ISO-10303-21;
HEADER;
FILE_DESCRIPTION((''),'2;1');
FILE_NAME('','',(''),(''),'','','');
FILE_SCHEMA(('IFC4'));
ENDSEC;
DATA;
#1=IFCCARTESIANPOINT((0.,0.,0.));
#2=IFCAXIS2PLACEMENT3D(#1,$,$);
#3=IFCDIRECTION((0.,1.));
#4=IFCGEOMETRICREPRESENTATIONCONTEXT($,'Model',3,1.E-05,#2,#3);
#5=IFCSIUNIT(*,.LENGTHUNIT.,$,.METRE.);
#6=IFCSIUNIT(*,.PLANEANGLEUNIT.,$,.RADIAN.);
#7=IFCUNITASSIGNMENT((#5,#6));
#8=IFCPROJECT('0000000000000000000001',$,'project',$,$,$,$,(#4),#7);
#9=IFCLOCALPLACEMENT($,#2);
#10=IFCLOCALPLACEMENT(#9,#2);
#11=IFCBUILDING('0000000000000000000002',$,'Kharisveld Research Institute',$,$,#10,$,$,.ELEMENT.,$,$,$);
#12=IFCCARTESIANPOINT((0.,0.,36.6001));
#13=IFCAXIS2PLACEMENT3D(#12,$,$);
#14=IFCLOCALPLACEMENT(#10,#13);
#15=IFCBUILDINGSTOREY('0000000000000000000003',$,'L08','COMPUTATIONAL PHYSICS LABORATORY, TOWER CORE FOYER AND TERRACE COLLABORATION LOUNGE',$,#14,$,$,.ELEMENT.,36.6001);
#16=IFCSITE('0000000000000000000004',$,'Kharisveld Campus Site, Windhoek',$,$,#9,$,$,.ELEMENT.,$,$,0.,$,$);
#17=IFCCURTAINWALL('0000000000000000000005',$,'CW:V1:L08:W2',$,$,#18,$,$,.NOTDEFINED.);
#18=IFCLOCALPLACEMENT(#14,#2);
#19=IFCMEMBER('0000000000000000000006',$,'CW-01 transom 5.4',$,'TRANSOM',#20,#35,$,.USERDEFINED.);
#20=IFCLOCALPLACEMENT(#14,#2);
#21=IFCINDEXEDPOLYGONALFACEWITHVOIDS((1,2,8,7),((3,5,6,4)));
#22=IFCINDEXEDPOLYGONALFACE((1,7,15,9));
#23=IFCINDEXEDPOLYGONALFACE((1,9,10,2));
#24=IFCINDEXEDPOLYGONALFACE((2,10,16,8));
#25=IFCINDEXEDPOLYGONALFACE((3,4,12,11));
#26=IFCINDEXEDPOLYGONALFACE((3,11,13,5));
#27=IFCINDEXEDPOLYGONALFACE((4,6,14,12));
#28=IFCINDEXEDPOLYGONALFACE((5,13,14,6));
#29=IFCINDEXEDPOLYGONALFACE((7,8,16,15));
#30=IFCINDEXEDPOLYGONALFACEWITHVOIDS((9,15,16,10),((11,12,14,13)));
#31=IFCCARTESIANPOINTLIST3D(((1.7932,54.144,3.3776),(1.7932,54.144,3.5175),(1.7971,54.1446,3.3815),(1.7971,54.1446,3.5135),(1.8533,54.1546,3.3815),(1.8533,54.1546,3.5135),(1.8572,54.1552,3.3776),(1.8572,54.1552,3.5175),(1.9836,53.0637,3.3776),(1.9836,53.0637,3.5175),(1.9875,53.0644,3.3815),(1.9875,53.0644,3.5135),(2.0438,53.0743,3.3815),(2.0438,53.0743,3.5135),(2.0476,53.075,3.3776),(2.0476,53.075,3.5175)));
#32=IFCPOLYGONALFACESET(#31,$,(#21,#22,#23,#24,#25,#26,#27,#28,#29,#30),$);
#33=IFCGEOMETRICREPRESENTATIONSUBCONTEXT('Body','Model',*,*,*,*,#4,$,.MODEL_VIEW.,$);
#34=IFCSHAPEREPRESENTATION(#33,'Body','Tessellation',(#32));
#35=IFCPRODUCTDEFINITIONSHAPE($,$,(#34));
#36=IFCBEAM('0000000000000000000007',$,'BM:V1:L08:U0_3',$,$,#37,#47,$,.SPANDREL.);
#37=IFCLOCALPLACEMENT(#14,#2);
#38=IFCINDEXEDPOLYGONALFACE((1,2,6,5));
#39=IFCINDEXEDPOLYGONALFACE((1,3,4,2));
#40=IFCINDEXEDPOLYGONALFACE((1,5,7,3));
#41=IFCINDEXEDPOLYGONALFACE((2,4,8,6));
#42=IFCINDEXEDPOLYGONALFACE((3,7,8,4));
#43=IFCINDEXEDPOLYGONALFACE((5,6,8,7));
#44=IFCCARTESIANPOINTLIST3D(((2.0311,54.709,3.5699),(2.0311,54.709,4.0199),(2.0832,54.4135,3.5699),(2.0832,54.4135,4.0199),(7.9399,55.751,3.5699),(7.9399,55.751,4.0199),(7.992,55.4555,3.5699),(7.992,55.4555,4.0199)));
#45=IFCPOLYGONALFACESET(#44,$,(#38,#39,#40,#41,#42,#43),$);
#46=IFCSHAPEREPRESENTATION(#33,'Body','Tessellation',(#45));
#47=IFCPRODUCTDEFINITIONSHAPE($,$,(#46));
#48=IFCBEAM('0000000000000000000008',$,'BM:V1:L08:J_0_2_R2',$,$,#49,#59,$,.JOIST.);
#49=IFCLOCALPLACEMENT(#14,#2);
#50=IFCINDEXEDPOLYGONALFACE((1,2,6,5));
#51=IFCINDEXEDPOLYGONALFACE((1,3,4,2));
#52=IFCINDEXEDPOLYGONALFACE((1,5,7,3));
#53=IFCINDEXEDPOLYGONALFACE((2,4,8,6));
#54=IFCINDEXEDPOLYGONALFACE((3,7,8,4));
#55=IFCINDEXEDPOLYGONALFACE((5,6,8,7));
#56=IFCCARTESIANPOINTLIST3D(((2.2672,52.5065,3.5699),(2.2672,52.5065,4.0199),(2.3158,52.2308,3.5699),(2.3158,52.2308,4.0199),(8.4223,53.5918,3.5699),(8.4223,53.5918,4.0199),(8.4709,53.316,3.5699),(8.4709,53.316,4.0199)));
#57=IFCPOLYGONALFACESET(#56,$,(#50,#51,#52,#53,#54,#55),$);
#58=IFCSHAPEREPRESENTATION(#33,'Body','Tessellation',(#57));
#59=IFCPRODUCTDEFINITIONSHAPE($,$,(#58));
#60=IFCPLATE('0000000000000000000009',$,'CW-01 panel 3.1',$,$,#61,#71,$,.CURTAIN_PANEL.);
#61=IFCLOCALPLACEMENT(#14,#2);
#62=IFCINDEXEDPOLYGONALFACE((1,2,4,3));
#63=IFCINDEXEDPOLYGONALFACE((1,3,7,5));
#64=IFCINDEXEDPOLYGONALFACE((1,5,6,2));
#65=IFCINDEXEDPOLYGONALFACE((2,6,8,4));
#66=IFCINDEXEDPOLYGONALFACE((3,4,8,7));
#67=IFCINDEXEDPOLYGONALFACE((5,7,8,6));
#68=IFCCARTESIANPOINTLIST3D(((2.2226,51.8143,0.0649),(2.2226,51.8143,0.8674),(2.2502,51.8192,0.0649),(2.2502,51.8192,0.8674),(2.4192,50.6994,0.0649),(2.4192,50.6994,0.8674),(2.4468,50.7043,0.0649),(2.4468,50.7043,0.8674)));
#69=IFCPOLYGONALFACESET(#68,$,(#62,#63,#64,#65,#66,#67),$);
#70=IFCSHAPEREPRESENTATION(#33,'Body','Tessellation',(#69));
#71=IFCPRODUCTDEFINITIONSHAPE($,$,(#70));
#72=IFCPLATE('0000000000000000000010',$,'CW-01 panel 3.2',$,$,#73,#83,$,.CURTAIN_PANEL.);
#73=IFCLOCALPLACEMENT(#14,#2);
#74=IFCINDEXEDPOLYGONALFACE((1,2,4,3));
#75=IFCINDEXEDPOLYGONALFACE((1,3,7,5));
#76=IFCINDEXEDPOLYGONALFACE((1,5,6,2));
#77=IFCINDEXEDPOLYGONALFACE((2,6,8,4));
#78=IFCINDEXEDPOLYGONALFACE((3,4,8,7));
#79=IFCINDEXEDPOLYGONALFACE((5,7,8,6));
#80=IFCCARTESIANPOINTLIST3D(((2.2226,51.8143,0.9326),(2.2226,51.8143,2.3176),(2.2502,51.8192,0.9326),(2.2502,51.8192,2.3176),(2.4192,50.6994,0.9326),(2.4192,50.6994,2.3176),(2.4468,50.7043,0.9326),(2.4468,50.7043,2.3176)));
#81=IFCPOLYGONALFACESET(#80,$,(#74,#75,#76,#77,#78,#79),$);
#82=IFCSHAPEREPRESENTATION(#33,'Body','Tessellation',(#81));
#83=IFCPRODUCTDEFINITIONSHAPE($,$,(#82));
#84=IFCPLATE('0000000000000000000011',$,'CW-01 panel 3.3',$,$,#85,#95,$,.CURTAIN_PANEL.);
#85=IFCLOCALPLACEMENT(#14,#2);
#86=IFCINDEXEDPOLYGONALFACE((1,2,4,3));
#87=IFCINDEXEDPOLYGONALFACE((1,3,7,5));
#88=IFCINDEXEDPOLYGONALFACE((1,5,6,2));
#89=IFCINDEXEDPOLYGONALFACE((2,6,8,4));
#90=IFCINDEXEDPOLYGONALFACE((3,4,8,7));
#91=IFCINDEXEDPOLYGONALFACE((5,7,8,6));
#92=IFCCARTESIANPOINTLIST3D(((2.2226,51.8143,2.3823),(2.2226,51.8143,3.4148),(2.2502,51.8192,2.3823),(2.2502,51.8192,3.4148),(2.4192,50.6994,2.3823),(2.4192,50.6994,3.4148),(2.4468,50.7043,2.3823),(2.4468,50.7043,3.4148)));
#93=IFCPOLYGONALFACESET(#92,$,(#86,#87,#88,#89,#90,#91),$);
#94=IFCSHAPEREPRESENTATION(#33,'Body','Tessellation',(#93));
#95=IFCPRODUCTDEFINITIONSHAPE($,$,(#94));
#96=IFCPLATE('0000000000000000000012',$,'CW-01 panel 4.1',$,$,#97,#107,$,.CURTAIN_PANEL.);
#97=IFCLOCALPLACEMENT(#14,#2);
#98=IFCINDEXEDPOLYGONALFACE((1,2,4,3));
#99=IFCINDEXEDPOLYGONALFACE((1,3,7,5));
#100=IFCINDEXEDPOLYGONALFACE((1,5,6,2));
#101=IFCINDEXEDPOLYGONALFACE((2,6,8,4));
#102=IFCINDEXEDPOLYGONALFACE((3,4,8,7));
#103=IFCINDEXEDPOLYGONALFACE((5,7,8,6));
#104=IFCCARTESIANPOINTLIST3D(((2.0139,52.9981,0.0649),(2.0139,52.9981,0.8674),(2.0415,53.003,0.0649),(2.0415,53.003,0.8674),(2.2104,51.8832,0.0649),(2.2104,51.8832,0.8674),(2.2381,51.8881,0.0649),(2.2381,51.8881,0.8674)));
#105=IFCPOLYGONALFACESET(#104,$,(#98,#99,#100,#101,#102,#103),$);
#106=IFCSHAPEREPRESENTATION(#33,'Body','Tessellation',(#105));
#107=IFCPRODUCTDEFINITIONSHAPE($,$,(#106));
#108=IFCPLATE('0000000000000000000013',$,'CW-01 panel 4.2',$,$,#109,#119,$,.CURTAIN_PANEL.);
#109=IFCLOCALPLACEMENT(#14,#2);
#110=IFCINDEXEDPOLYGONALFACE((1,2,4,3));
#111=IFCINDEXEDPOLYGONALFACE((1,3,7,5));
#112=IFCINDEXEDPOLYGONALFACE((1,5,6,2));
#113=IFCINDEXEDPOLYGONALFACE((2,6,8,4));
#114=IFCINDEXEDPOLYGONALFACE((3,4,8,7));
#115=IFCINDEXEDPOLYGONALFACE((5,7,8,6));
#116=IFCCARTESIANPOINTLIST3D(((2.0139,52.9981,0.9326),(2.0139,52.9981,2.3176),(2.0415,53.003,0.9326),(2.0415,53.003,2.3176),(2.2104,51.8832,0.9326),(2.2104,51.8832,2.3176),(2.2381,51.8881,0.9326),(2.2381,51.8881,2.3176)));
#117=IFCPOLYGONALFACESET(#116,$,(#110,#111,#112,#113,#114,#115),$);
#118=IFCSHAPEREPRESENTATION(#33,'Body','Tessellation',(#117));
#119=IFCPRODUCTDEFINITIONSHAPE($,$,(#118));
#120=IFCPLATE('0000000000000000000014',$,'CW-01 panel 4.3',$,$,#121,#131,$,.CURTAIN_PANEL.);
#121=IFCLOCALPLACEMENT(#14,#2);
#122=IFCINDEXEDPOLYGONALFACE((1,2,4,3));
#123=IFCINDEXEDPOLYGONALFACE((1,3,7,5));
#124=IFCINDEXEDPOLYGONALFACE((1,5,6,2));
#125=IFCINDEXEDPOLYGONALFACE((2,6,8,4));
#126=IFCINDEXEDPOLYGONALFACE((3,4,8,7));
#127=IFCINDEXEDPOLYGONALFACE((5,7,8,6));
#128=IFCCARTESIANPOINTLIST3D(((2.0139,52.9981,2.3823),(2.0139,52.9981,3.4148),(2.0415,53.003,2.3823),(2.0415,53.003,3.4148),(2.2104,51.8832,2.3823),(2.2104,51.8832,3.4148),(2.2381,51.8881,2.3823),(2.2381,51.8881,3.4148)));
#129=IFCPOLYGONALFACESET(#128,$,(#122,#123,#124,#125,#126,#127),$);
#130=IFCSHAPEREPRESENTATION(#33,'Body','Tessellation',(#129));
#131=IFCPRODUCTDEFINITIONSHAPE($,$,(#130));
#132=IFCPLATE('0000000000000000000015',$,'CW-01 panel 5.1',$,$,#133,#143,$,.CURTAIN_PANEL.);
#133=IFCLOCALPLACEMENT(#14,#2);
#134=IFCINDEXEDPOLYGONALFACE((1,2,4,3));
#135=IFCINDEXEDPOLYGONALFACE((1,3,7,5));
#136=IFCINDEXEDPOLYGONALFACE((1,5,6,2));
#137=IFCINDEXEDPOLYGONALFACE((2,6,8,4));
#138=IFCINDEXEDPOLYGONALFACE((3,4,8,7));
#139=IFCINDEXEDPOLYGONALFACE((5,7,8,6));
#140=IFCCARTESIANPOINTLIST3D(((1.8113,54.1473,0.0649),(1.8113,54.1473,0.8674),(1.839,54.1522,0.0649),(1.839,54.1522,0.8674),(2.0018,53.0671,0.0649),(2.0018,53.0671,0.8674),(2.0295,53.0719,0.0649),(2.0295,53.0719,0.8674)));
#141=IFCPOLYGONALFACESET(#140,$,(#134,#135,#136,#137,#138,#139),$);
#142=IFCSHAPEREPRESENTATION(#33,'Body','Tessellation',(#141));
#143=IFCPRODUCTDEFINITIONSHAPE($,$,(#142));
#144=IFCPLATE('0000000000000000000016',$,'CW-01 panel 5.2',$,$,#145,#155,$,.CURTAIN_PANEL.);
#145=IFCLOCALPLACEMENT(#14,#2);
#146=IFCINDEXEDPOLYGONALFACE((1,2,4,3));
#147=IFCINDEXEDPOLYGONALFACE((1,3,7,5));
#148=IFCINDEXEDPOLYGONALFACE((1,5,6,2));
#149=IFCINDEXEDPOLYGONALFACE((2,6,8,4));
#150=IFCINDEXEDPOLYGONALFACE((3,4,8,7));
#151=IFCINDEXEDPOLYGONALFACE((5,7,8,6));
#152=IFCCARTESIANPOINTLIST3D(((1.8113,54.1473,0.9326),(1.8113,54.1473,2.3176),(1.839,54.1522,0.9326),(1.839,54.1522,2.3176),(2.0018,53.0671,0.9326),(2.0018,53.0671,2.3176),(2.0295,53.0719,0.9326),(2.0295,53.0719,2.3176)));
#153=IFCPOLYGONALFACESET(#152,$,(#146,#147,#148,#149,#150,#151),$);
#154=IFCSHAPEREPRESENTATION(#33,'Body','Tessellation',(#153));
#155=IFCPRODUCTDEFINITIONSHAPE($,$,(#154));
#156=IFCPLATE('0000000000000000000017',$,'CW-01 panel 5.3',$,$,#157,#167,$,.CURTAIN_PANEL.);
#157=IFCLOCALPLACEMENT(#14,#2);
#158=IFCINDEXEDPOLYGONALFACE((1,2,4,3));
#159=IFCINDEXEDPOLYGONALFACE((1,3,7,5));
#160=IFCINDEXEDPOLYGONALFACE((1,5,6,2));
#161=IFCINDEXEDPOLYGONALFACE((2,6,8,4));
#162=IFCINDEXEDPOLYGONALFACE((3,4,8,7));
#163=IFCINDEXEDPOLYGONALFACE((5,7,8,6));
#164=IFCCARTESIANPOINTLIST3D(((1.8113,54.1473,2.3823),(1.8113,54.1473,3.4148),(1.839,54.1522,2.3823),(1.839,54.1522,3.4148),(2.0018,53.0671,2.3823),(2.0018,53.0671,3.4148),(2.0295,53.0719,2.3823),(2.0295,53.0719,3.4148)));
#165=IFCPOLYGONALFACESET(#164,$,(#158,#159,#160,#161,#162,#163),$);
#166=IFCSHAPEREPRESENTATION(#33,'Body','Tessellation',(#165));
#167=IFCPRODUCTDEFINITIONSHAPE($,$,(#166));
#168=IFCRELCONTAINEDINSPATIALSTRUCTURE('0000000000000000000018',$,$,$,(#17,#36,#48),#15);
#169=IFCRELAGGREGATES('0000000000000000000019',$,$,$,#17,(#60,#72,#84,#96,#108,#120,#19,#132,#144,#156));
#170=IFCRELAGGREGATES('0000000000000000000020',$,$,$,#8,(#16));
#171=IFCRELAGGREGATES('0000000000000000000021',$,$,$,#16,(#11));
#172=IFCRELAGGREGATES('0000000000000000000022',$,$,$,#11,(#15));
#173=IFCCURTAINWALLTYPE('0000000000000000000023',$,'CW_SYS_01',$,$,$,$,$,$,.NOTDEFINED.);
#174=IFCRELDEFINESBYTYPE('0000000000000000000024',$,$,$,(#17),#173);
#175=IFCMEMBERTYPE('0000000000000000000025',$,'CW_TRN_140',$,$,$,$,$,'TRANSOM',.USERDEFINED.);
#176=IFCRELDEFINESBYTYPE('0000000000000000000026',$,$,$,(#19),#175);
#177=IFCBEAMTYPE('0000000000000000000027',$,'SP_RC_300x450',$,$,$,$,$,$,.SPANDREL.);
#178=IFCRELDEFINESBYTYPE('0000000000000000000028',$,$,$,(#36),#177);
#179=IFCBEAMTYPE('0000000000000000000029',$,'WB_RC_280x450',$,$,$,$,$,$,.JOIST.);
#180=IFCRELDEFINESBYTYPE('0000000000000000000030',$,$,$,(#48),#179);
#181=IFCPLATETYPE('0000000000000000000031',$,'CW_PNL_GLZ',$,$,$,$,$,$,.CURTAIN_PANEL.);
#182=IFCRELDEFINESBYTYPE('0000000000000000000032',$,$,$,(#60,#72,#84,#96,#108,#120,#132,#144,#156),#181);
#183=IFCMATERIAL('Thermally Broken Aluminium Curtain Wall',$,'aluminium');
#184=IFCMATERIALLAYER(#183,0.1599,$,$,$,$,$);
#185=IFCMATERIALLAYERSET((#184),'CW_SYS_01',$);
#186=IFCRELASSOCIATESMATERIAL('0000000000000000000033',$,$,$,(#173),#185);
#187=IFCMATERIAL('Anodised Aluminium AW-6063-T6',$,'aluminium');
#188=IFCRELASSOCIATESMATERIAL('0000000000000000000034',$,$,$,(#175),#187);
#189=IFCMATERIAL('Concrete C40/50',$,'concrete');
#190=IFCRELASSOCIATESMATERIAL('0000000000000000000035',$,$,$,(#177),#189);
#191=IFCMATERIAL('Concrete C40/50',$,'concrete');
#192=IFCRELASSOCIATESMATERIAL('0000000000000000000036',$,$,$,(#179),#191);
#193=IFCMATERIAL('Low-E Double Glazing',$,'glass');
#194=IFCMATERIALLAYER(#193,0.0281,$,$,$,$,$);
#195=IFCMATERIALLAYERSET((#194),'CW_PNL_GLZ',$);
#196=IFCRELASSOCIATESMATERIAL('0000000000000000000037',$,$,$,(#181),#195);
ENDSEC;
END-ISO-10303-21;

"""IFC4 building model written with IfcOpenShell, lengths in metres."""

from ifc_helpers import new_model, si_unit, direction, frame, origin, origin_2d, place, context, subcontext, project, spatial, rectangle, hollow_rectangle, extrude, material, layer, layer_set, material_profile, profile_set, type_object, element, aggregate, save


model = new_model("IFC4")

# Units and contexts
model_context = context("Model", 3, precision=1e-05, world=origin(), true_north=direction((0.0, 1.0)))
body_context = subcontext(model_context, "Body", "Model", "MODEL_VIEW")
ifc_project = project(units=[si_unit("LENGTHUNIT", "METRE"), si_unit("PLANEANGLEUNIT", "RADIAN")], contexts=[model_context])

# Site, building, storey
site_placement = place(None, origin())
site = spatial("IfcSite", under=ifc_project, at=site_placement, Name="Kharisveld Campus Site, Windhoek", CompositionType="ELEMENT", RefElevation=0.0)
building_placement = place(site_placement, origin())
building = spatial("IfcBuilding", under=site, at=building_placement, Name="Kharisveld Research Institute", CompositionType="ELEMENT")
storey_placement = place(building_placement, frame((0.0, 0.0, 36.6001)))
storey = spatial("IfcBuildingStorey", under=building, at=storey_placement, Name="L08", Description="COMPUTATIONAL PHYSICS LABORATORY, TOWER CORE FOYER AND TERRACE COLLABORATION LOUNGE", CompositionType="ELEMENT", Elevation=36.6001)

# Curtain wall, member
ifc_material_1 = material(Name="Thermally Broken Aluminium Curtain Wall", Category="aluminium")
ifc_layer_1 = layer(ifc_material_1, 0.1599)
ifc_layer_set_1 = layer_set([ifc_layer_1], Name="CW_SYS_01")
curtain_wall_type = type_object("IfcCurtainWallType", Name="CW_SYS_01", PredefinedType="NOTDEFINED", material=ifc_layer_set_1)
curtain_wall_placement = place(storey_placement, origin())
curtain_wall = element("IfcCurtainWall", 1, at=curtain_wall_placement, inside=storey, type_object=curtain_wall_type, Name="CW:V1:L08:W2", PredefinedType="NOTDEFINED")
ifc_material_2 = material(Name="Anodised Aluminium AW-6063-T6", Category="aluminium")
ifc_material_profile_1 = material_profile(ifc_material_2, hollow_rectangle(XDim=0.0649, YDim=0.1399, WallThickness=0.0039, at=origin_2d()))
ifc_profile_set_1 = profile_set([ifc_material_profile_1], Name="Anodised Aluminium AW-6063-T6")
member_type_1 = type_object("IfcMemberType", Name="CW_TRN_140", ElementType="TRANSOM", PredefinedType="USERDEFINED", material=ifc_profile_set_1)
member_1_placement = place(storey_placement, frame((2.0156, 53.0693, 3.4475), z_axis=(-0.173595, 0.984817, 0.0), x_axis=(-0.984817, -0.173595, 0.0)))
member_1 = element("IfcMember", 2, at=member_1_placement, type_object=member_type_1, Name="CW-01 transom 5.4", ObjectType="TRANSOM", PredefinedType="USERDEFINED", context=body_context, shape_type="SweptSolid", body=[
    extrude(hollow_rectangle(XDim=0.0649, YDim=0.1399, WallThickness=0.0039, at=origin_2d()), origin(), (0.0, 0.0, 1.0), 1.0969),
])

# Beams
ifc_material_3 = material(Name="Concrete C40/50", Category="concrete")
ifc_material_profile_2 = material_profile(ifc_material_3, rectangle(XDim=0.3, YDim=0.45, at=origin_2d()))
ifc_profile_set_2 = profile_set([ifc_material_profile_2], Name="Concrete C40/50")
beam_type_1 = type_object("IfcBeamType", Name="SP_RC_300x450", PredefinedType="SPANDREL", material=ifc_profile_set_2)
beam_1_placement = place(storey_placement, frame((2.0571, 54.5613, 3.7949), z_axis=(0.984805, 0.173662, 0.0), x_axis=(-0.173662, 0.984805, 0.0)))
element("IfcBeam", 3, at=beam_1_placement, inside=storey, type_object=beam_type_1, Name="BM:V1:L08:U0_3", PredefinedType="SPANDREL", context=body_context, shape_type="SweptSolid", body=[
    extrude(rectangle(XDim=0.3, YDim=0.45, at=origin_2d()), origin(), (0.0, 0.0, 1.0), 6.0),
])
ifc_material_4 = material(Name="Concrete C40/50", Category="concrete")
ifc_material_profile_3 = material_profile(ifc_material_4, rectangle(XDim=0.28, YDim=0.45, at=origin_2d()))
ifc_profile_set_3 = profile_set([ifc_material_profile_3], Name="Concrete C40/50")
beam_type_2 = type_object("IfcBeamType", Name="WB_RC_280x450", PredefinedType="JOIST", material=ifc_profile_set_3)
beam_2_placement = place(storey_placement, frame((2.2915, 52.3687, 3.7949), z_axis=(0.98481, 0.173634, 0.0), x_axis=(-0.173634, 0.98481, 0.0)))
element("IfcBeam", 4, at=beam_2_placement, inside=storey, type_object=beam_type_2, Name="BM:V1:L08:J_0_2_R2", PredefinedType="JOIST", context=body_context, shape_type="SweptSolid", body=[
    extrude(rectangle(XDim=0.28, YDim=0.45, at=origin_2d()), origin(), (0.0, 0.0, 1.0), 6.25),
])

# Plates
ifc_material_5 = material(Name="Low-E Double Glazing", Category="glass")
ifc_layer_2 = layer(ifc_material_5, 0.0281)
ifc_layer_set_2 = layer_set([ifc_layer_2], Name="CW_PNL_GLZ")
plate_type = type_object("IfcPlateType", Name="CW_PNL_GLZ", PredefinedType="CURTAIN_PANEL", material=ifc_layer_set_2)
plate_1_placement = place(storey_placement, frame((2.3347, 51.2593, 0.0649), z_axis=(0.0, 0.0, 1.0), x_axis=(-0.173648, 0.984808, 0.0)))
plate_1 = element("IfcPlate", 5, at=plate_1_placement, type_object=plate_type, Name="CW-01 panel 3.1", PredefinedType="CURTAIN_PANEL", context=body_context, shape_type="SweptSolid", body=[
    extrude(rectangle(XDim=1.1321, YDim=0.0281, at=origin_2d()), origin(), (0.0, 0.0, 1.0), 0.8025),
])
plate_2_placement = place(storey_placement, frame((2.3347, 51.2593, 0.9326), z_axis=(0.0, 0.0, 1.0), x_axis=(-0.173648, 0.984808, 0.0)))
plate_2 = element("IfcPlate", 6, at=plate_2_placement, type_object=plate_type, Name="CW-01 panel 3.2", PredefinedType="CURTAIN_PANEL", context=body_context, shape_type="SweptSolid", body=[
    extrude(rectangle(XDim=1.1321, YDim=0.0281, at=origin_2d()), origin(), (0.0, 0.0, 1.0), 1.385),
])
plate_3_placement = place(storey_placement, frame((2.3347, 51.2593, 2.3823), z_axis=(0.0, 0.0, 1.0), x_axis=(-0.173648, 0.984808, 0.0)))
plate_3 = element("IfcPlate", 7, at=plate_3_placement, type_object=plate_type, Name="CW-01 panel 3.3", PredefinedType="CURTAIN_PANEL", context=body_context, shape_type="SweptSolid", body=[
    extrude(rectangle(XDim=1.1321, YDim=0.0281, at=origin_2d()), origin(), (0.0, 0.0, 1.0), 1.0325),
])
plate_4_placement = place(storey_placement, frame((2.126, 52.4431, 0.0649), z_axis=(0.0, 0.0, 1.0), x_axis=(-0.173648, 0.984808, 0.0)))
plate_4 = element("IfcPlate", 8, at=plate_4_placement, type_object=plate_type, Name="CW-01 panel 4.1", PredefinedType="CURTAIN_PANEL", context=body_context, shape_type="SweptSolid", body=[
    extrude(rectangle(XDim=1.1321, YDim=0.0281, at=origin_2d()), origin(), (0.0, 0.0, 1.0), 0.8025),
])
plate_5_placement = place(storey_placement, frame((2.126, 52.4431, 0.9326), z_axis=(0.0, 0.0, 1.0), x_axis=(-0.173648, 0.984808, 0.0)))
plate_5 = element("IfcPlate", 9, at=plate_5_placement, type_object=plate_type, Name="CW-01 panel 4.2", PredefinedType="CURTAIN_PANEL", context=body_context, shape_type="SweptSolid", body=[
    extrude(rectangle(XDim=1.1321, YDim=0.0281, at=origin_2d()), origin(), (0.0, 0.0, 1.0), 1.385),
])
plate_6_placement = place(storey_placement, frame((2.126, 52.4431, 2.3823), z_axis=(0.0, 0.0, 1.0), x_axis=(-0.173648, 0.984808, 0.0)))
plate_6 = element("IfcPlate", 10, at=plate_6_placement, type_object=plate_type, Name="CW-01 panel 4.3", PredefinedType="CURTAIN_PANEL", context=body_context, shape_type="SweptSolid", body=[
    extrude(rectangle(XDim=1.1321, YDim=0.0281, at=origin_2d()), origin(), (0.0, 0.0, 1.0), 1.0325),
])
plate_7_placement = place(storey_placement, frame((1.9204, 53.6096, 0.0649), z_axis=(0.0, 0.0, 1.0), x_axis=(-0.173648, 0.984808, 0.0)))
plate_7 = element("IfcPlate", 11, at=plate_7_placement, type_object=plate_type, Name="CW-01 panel 5.1", PredefinedType="CURTAIN_PANEL", context=body_context, shape_type="SweptSolid", body=[
    extrude(rectangle(XDim=1.0969, YDim=0.0281, at=origin_2d()), origin(), (0.0, 0.0, 1.0), 0.8025),
])
plate_8_placement = place(storey_placement, frame((1.9204, 53.6096, 0.9326), z_axis=(0.0, 0.0, 1.0), x_axis=(-0.173648, 0.984808, 0.0)))
plate_8 = element("IfcPlate", 12, at=plate_8_placement, type_object=plate_type, Name="CW-01 panel 5.2", PredefinedType="CURTAIN_PANEL", context=body_context, shape_type="SweptSolid", body=[
    extrude(rectangle(XDim=1.0969, YDim=0.0281, at=origin_2d()), origin(), (0.0, 0.0, 1.0), 1.385),
])
plate_9_placement = place(storey_placement, frame((1.9204, 53.6096, 2.3823), z_axis=(0.0, 0.0, 1.0), x_axis=(-0.173648, 0.984808, 0.0)))
plate_9 = element("IfcPlate", 13, at=plate_9_placement, type_object=plate_type, Name="CW-01 panel 5.3", PredefinedType="CURTAIN_PANEL", context=body_context, shape_type="SweptSolid", body=[
    extrude(rectangle(XDim=1.0969, YDim=0.0281, at=origin_2d()), origin(), (0.0, 0.0, 1.0), 1.0325),
])
aggregate(curtain_wall, [plate_1, plate_2, plate_3, plate_4, plate_5, plate_6, member_1, plate_7, plate_8, plate_9])

save(model, "model.ifc")
